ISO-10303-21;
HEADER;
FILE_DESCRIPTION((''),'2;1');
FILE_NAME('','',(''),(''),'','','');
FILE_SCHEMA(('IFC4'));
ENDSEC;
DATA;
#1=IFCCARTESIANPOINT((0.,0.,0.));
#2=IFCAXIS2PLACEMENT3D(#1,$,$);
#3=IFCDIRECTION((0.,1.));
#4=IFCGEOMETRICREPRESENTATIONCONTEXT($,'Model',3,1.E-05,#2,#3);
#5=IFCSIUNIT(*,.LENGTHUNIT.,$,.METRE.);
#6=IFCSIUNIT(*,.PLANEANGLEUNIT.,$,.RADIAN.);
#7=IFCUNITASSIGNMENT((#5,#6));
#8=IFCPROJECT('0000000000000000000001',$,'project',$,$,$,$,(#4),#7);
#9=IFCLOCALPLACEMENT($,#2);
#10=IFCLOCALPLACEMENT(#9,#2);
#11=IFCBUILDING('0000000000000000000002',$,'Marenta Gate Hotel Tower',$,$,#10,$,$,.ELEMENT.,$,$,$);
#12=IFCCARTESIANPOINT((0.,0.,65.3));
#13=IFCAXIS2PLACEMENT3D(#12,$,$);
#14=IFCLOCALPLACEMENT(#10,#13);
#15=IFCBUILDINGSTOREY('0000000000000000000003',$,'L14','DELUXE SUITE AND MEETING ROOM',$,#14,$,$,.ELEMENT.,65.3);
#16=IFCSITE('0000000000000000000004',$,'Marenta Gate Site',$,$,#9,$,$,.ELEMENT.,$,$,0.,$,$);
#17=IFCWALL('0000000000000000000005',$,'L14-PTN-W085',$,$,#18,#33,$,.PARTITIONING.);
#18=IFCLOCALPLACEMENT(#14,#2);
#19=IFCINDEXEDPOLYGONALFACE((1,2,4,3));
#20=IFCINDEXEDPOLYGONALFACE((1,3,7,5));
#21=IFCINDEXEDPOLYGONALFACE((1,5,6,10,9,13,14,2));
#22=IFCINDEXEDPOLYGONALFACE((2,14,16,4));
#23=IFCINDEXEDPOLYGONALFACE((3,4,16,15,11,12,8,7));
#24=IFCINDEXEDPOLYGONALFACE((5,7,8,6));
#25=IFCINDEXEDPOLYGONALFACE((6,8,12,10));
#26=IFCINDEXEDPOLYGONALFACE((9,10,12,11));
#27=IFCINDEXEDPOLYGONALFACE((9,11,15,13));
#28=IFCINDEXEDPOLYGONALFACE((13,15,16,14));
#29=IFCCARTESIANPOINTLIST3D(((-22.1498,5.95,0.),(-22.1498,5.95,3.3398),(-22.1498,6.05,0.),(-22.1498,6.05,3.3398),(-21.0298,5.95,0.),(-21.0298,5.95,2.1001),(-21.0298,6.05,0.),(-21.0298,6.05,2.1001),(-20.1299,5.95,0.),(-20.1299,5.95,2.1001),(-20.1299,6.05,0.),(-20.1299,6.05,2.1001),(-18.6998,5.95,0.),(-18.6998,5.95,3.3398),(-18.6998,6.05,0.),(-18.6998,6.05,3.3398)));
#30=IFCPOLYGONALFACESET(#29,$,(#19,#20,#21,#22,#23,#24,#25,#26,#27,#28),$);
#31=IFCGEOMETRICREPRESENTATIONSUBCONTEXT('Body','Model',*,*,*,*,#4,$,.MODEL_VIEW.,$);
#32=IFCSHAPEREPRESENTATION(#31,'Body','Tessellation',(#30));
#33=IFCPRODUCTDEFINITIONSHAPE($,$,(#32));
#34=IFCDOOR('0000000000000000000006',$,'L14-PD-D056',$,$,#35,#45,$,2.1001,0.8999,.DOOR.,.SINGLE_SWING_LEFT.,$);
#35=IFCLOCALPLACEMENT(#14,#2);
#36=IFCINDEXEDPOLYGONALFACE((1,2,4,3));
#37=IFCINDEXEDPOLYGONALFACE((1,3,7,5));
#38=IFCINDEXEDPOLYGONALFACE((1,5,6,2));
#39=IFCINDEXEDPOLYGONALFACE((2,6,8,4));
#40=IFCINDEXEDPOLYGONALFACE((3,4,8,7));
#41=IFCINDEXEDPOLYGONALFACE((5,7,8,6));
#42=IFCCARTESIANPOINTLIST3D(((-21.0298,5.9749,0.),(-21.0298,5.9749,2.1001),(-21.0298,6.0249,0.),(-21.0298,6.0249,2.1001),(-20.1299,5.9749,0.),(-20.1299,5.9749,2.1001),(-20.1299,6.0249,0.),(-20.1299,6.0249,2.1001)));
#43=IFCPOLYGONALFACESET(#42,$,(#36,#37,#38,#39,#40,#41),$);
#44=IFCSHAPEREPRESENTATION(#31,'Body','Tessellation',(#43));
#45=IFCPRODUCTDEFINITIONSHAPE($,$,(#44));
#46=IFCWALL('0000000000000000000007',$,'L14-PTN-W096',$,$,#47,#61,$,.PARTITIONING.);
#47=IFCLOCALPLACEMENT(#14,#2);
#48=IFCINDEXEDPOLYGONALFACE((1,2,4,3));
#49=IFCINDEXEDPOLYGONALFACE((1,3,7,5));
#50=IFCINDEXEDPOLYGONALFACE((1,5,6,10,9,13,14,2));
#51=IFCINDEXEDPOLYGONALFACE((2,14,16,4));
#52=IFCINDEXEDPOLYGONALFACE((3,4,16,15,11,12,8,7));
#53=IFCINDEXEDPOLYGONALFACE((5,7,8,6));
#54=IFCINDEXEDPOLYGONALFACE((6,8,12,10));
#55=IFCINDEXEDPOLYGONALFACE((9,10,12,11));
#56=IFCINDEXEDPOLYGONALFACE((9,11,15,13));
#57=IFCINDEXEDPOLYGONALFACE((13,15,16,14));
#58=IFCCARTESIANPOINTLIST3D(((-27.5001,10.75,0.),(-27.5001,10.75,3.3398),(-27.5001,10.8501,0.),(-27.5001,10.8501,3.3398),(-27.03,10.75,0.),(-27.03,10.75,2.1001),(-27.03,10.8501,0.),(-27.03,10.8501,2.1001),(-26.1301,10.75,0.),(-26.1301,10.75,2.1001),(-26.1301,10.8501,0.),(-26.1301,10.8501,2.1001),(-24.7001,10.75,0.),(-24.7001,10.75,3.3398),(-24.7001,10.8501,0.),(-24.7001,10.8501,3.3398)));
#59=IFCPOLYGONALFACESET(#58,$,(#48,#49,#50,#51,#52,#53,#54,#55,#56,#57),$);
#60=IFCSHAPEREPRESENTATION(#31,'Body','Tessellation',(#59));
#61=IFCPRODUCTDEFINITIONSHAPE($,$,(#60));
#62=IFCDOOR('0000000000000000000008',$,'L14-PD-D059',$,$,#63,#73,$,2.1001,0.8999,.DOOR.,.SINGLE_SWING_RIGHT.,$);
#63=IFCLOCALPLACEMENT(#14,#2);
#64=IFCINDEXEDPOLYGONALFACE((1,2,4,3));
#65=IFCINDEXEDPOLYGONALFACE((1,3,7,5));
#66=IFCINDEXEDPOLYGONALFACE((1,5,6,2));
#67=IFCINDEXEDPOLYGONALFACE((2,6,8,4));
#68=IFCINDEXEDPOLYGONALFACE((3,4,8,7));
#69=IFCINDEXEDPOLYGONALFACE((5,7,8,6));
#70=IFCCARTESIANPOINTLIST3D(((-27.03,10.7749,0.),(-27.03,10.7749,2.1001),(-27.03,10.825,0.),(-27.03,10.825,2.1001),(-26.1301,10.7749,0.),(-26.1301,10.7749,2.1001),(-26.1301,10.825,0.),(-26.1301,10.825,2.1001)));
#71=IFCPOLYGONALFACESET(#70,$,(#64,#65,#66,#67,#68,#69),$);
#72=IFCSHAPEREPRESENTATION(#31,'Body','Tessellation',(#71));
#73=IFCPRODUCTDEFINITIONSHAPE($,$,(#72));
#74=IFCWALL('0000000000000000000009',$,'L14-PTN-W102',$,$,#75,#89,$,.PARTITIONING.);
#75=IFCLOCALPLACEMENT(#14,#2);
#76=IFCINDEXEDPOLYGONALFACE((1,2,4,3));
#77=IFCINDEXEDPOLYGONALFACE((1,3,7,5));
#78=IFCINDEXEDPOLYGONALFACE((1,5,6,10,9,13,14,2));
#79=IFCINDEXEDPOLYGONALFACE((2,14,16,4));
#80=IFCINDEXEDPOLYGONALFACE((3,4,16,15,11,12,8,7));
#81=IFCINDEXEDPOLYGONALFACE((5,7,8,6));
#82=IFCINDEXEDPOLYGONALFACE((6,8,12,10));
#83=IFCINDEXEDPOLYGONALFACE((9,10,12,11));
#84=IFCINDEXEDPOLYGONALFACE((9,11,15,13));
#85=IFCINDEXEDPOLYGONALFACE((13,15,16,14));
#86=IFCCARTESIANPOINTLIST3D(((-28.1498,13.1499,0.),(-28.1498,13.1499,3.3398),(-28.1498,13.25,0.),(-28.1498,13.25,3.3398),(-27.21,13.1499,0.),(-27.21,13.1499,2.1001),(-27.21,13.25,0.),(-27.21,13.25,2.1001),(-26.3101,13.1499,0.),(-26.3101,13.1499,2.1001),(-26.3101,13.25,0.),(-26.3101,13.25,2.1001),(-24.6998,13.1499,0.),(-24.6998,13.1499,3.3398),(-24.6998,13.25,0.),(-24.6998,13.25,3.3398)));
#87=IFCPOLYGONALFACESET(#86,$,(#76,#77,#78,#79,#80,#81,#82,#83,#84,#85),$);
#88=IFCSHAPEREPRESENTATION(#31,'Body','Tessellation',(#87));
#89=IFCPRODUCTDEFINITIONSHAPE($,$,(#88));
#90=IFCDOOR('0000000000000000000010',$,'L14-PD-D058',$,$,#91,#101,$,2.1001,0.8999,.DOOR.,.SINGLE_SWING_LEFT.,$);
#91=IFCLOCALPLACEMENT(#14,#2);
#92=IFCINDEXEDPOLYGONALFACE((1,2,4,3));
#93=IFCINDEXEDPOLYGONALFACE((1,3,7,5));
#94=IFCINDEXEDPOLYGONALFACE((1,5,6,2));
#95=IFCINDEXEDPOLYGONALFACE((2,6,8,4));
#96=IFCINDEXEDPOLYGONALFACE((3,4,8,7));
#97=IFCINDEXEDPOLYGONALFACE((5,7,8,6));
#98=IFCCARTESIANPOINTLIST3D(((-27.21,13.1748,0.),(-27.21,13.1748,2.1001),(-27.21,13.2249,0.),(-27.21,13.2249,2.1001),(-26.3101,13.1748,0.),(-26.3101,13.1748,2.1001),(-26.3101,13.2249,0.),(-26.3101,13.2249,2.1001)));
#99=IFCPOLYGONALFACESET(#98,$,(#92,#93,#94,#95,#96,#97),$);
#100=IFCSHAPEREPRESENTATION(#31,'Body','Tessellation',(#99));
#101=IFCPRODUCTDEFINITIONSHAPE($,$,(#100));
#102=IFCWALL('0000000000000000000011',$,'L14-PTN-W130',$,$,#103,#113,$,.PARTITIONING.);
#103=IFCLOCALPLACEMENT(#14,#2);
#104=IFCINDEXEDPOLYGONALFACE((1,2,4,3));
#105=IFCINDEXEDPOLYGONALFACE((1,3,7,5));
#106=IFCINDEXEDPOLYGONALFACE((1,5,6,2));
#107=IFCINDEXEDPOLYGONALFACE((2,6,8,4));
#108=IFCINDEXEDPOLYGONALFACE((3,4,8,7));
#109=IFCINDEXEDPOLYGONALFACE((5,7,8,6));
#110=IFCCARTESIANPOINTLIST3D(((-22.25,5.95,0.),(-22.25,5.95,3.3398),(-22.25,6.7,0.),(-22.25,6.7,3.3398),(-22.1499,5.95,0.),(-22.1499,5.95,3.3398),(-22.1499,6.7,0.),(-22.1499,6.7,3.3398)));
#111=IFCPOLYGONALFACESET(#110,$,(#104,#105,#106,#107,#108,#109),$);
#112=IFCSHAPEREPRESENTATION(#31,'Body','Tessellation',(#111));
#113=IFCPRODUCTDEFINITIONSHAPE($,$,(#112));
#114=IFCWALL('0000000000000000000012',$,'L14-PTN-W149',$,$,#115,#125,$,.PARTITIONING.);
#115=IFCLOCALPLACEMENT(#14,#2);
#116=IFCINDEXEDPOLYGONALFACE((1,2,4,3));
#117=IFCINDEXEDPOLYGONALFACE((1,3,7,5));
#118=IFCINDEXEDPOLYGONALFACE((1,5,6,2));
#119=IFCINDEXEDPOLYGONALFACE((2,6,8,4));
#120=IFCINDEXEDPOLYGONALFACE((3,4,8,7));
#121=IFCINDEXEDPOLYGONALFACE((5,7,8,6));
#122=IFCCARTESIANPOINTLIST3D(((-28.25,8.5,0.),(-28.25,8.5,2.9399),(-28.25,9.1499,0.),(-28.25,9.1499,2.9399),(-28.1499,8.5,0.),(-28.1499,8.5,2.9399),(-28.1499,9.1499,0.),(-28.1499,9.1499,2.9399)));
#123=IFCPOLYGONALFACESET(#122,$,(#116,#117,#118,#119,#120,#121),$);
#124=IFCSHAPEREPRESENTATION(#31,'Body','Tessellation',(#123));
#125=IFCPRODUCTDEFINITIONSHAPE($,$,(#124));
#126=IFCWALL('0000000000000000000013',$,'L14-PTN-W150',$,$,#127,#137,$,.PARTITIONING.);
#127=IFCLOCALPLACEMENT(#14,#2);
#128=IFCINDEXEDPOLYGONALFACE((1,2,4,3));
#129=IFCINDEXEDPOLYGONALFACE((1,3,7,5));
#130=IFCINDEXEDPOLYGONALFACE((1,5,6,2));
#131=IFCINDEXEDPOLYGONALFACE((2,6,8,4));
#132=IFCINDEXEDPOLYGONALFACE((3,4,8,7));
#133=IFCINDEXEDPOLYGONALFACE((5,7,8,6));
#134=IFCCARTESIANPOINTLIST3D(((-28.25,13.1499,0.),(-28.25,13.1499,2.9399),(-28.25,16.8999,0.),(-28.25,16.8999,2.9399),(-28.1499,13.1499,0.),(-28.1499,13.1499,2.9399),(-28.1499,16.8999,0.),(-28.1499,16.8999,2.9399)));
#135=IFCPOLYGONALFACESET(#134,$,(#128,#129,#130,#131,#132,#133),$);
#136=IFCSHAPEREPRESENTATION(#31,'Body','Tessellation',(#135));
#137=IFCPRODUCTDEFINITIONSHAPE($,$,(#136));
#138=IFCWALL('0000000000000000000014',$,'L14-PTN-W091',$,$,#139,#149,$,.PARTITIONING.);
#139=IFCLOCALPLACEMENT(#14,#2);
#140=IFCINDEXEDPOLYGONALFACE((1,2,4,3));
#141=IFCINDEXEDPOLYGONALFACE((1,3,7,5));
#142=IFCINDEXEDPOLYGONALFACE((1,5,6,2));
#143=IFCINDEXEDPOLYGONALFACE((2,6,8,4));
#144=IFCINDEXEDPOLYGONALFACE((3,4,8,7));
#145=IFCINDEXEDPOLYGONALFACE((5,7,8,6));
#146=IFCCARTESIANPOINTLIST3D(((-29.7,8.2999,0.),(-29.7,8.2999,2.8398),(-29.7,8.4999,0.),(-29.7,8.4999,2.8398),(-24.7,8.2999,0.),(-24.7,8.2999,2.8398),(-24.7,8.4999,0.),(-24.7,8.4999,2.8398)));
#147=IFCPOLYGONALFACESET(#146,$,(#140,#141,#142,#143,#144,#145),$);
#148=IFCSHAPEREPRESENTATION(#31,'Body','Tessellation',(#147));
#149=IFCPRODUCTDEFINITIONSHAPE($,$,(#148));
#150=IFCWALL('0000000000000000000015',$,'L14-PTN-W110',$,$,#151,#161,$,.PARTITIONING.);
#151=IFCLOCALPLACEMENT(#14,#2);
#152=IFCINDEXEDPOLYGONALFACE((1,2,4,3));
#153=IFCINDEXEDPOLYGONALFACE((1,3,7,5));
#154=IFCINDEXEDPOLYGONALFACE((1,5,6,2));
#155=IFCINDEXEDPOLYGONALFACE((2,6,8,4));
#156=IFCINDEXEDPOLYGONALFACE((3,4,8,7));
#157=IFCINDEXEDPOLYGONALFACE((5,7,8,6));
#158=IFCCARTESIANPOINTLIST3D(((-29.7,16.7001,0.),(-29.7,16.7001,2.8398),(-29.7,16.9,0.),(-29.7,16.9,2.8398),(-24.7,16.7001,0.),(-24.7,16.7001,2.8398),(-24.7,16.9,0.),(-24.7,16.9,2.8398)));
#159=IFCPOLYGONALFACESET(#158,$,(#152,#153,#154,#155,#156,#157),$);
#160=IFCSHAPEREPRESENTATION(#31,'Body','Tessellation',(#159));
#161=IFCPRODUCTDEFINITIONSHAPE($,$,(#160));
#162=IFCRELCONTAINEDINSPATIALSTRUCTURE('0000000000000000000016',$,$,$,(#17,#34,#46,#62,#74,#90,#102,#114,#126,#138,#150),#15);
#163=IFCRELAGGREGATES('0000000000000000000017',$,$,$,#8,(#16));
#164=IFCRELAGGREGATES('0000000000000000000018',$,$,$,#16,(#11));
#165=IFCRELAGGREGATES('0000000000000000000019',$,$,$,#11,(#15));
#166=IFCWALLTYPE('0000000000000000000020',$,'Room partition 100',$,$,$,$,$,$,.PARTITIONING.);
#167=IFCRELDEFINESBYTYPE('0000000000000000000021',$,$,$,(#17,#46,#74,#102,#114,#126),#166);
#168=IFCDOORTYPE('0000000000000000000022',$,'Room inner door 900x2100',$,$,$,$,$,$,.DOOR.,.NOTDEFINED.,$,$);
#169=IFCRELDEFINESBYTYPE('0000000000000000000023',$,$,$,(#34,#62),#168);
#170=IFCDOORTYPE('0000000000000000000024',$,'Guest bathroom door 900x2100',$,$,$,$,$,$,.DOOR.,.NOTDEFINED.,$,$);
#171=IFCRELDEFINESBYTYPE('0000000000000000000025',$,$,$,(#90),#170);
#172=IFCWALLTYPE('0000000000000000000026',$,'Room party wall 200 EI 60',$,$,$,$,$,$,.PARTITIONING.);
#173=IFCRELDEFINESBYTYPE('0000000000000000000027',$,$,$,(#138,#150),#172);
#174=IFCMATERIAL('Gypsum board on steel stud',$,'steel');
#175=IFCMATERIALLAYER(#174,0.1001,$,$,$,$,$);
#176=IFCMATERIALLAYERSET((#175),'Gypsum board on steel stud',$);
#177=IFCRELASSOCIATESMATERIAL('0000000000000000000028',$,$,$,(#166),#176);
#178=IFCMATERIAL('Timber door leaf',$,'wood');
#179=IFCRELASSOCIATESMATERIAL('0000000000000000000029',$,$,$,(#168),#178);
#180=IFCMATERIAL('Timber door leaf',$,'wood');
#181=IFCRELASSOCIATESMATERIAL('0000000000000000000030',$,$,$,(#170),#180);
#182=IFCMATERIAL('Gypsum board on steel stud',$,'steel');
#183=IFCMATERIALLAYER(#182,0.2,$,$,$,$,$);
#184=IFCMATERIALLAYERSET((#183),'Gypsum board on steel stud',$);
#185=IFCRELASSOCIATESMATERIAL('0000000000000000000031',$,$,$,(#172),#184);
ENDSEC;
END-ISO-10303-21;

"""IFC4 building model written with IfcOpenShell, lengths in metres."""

from ifc_helpers import new_model, si_unit, direction, frame, frame_2d, origin, place, context, subcontext, project, spatial, rectangle, extrude, material, layer, layer_set, type_object, element, fill, save


model = new_model("IFC4")

# Units and contexts
model_context = context("Model", 3, precision=1e-05, world=origin(), true_north=direction((0.0, 1.0)))
body_context = subcontext(model_context, "Body", "Model", "MODEL_VIEW")
ifc_project = project(units=[si_unit("LENGTHUNIT", "METRE"), si_unit("PLANEANGLEUNIT", "RADIAN")], contexts=[model_context])

# Site, building, storey
site_placement = place(None, origin())
site = spatial("IfcSite", under=ifc_project, at=site_placement, Name="Marenta Gate Site", CompositionType="ELEMENT", RefElevation=0.0)
building_placement = place(site_placement, origin())
building = spatial("IfcBuilding", under=site, at=building_placement, Name="Marenta Gate Hotel Tower", CompositionType="ELEMENT")
storey_placement = place(building_placement, frame((0.0, 0.0, 65.3)))
storey = spatial("IfcBuildingStorey", under=building, at=storey_placement, Name="L14", Description="DELUXE SUITE AND MEETING ROOM", CompositionType="ELEMENT", Elevation=65.3)

# Walls, openings, doors
ifc_material_1 = material(Name="Gypsum board on steel stud", Category="steel")
ifc_layer_1 = layer(ifc_material_1, 0.1001)
ifc_layer_set_1 = layer_set([ifc_layer_1], Name="Gypsum board on steel stud")
wall_type_1 = type_object("IfcWallType", Name="Room partition 100", PredefinedType="PARTITIONING", material=ifc_layer_set_1)
wall_1_placement = place(storey_placement, frame((-22.1499, 6.0, 0.0), z_axis=(0.0, 0.0, 1.0), x_axis=(1.0, 0.0, 0.0)))
wall_1 = element("IfcWall", 1, at=wall_1_placement, inside=storey, type_object=wall_type_1, Name="L14-PTN-W085", PredefinedType="PARTITIONING", context=body_context, shape_type="SweptSolid", body=[
    extrude(rectangle(XDim=3.45, YDim=0.1001, at=frame_2d((1.7251, 0.0))), origin(), (0.0, 0.0, 1.0), 3.3398),
])
opening_1_placement = place(wall_1_placement, frame((1.1201, 0.0, 0.0)))
opening_1 = element("IfcOpeningElement", 2, at=opening_1_placement, cuts=wall_1, PredefinedType="OPENING", context=body_context, shape_type="SweptSolid", body=[
    extrude(rectangle(XDim=0.8999, YDim=2.1001, at=frame_2d((0.45, 1.05))), frame((0.0, 0.05, 0.0), z_axis=(0.0, -1.0, 0.0), x_axis=(1.0, 0.0, 0.0)), (0.0, 0.0, 1.0), 0.1001),
])
ifc_material_2 = material(Name="Timber door leaf", Category="wood")
door_type_1 = type_object("IfcDoorType", Name="Room inner door 900x2100", OperationType="NOTDEFINED", PredefinedType="DOOR", material=ifc_material_2)
door_1_placement = place(opening_1_placement, origin())
door_1 = element("IfcDoor", 3, at=door_1_placement, inside=storey, type_object=door_type_1, Name="L14-PD-D056", OperationType="SINGLE_SWING_LEFT", OverallHeight=2.1001, OverallWidth=0.8999, PredefinedType="DOOR", context=body_context, shape_type="SweptSolid", body=[
    extrude(rectangle(XDim=0.8999, YDim=2.1001, at=frame_2d((0.45, 1.05))), frame((0.0, 0.0249, 0.0), z_axis=(0.0, -1.0, 0.0), x_axis=(1.0, 0.0, 0.0)), (0.0, 0.0, 1.0), 0.05),
])
fill(opening_1, door_1)
wall_2_placement = place(storey_placement, frame((-27.5, 10.8, 0.0), z_axis=(0.0, 0.0, 1.0), x_axis=(1.0, 0.0, 0.0)))
wall_2 = element("IfcWall", 4, at=wall_2_placement, inside=storey, type_object=wall_type_1, Name="L14-PTN-W096", PredefinedType="PARTITIONING", context=body_context, shape_type="SweptSolid", body=[
    extrude(rectangle(XDim=2.8, YDim=0.1001, at=frame_2d((1.3999, 0.0))), origin(), (0.0, 0.0, 1.0), 3.3398),
])
opening_2_placement = place(wall_2_placement, frame((0.47, 0.0, 0.0)))
opening_2 = element("IfcOpeningElement", 5, at=opening_2_placement, cuts=wall_2, PredefinedType="OPENING", context=body_context, shape_type="SweptSolid", body=[
    extrude(rectangle(XDim=0.8999, YDim=2.1001, at=frame_2d((0.45, 1.05))), frame((0.0, 0.05, 0.0), z_axis=(0.0, -1.0, 0.0), x_axis=(1.0, 0.0, 0.0)), (0.0, 0.0, 1.0), 0.1001),
])
door_2_placement = place(opening_2_placement, origin())
door_2 = element("IfcDoor", 6, at=door_2_placement, inside=storey, type_object=door_type_1, Name="L14-PD-D059", OperationType="SINGLE_SWING_RIGHT", OverallHeight=2.1001, OverallWidth=0.8999, PredefinedType="DOOR", context=body_context, shape_type="SweptSolid", body=[
    extrude(rectangle(XDim=0.8999, YDim=2.1001, at=frame_2d((0.45, 1.05))), frame((0.0, 0.0249, 0.0), z_axis=(0.0, -1.0, 0.0), x_axis=(1.0, 0.0, 0.0)), (0.0, 0.0, 1.0), 0.05),
])
fill(opening_2, door_2)
wall_3_placement = place(storey_placement, frame((-28.1499, 13.2, 0.0), z_axis=(0.0, 0.0, 1.0), x_axis=(1.0, 0.0, 0.0)))
wall_3 = element("IfcWall", 7, at=wall_3_placement, inside=storey, type_object=wall_type_1, Name="L14-PTN-W102", PredefinedType="PARTITIONING", context=body_context, shape_type="SweptSolid", body=[
    extrude(rectangle(XDim=3.45, YDim=0.1001, at=frame_2d((1.7251, 0.0))), origin(), (0.0, 0.0, 1.0), 3.3398),
])
opening_3_placement = place(wall_3_placement, frame((0.9399, 0.0, 0.0)))
opening_3 = element("IfcOpeningElement", 8, at=opening_3_placement, cuts=wall_3, PredefinedType="OPENING", context=body_context, shape_type="SweptSolid", body=[
    extrude(rectangle(XDim=0.8999, YDim=2.1001, at=frame_2d((0.45, 1.05))), frame((0.0, 0.05, 0.0), z_axis=(0.0, -1.0, 0.0), x_axis=(1.0, 0.0, 0.0)), (0.0, 0.0, 1.0), 0.1001),
])
ifc_material_3 = material(Name="Timber door leaf", Category="wood")
door_type_2 = type_object("IfcDoorType", Name="Guest bathroom door 900x2100", OperationType="NOTDEFINED", PredefinedType="DOOR", material=ifc_material_3)
door_3_placement = place(opening_3_placement, origin())
door_3 = element("IfcDoor", 9, at=door_3_placement, inside=storey, type_object=door_type_2, Name="L14-PD-D058", OperationType="SINGLE_SWING_LEFT", OverallHeight=2.1001, OverallWidth=0.8999, PredefinedType="DOOR", context=body_context, shape_type="SweptSolid", body=[
    extrude(rectangle(XDim=0.8999, YDim=2.1001, at=frame_2d((0.45, 1.05))), frame((0.0, 0.0249, 0.0), z_axis=(0.0, -1.0, 0.0), x_axis=(1.0, 0.0, 0.0)), (0.0, 0.0, 1.0), 0.05),
])
fill(opening_3, door_3)

# Walls
wall_4_placement = place(storey_placement, frame((-22.2, 5.95, 0.0), z_axis=(0.0, 0.0, 1.0), x_axis=(0.0, 1.0, 0.0)))
element("IfcWall", 10, at=wall_4_placement, inside=storey, type_object=wall_type_1, Name="L14-PTN-W130", PredefinedType="PARTITIONING", context=body_context, shape_type="SweptSolid", body=[
    extrude(rectangle(XDim=0.75, YDim=0.1001, at=frame_2d((0.375, 0.0))), origin(), (0.0, 0.0, 1.0), 3.3398),
])
wall_5_placement = place(storey_placement, frame((-28.2, 8.5, 0.0), z_axis=(0.0, 0.0, 1.0), x_axis=(0.0, 1.0, 0.0)))
element("IfcWall", 11, at=wall_5_placement, inside=storey, type_object=wall_type_1, Name="L14-PTN-W149", PredefinedType="PARTITIONING", context=body_context, shape_type="SweptSolid", body=[
    extrude(rectangle(XDim=0.6499, YDim=0.1001, at=frame_2d((0.325, 0.0))), origin(), (0.0, 0.0, 1.0), 2.9399),
])
wall_6_placement = place(storey_placement, frame((-28.2, 13.1499, 0.0), z_axis=(0.0, 0.0, 1.0), x_axis=(0.0, 1.0, 0.0)))
element("IfcWall", 12, at=wall_6_placement, inside=storey, type_object=wall_type_1, Name="L14-PTN-W150", PredefinedType="PARTITIONING", context=body_context, shape_type="SweptSolid", body=[
    extrude(rectangle(XDim=3.75, YDim=0.1001, at=frame_2d((1.875, 0.0))), origin(), (0.0, 0.0, 1.0), 2.9399),
])
ifc_material_4 = material(Name="Gypsum board on steel stud", Category="steel")
ifc_layer_2 = layer(ifc_material_4, 0.2)
ifc_layer_set_2 = layer_set([ifc_layer_2], Name="Gypsum board on steel stud")
wall_type_2 = type_object("IfcWallType", Name="Room party wall 200 EI 60", PredefinedType="PARTITIONING", material=ifc_layer_set_2)
for number, where, z_axis, x_axis, name in (
    (13, (-29.7, 8.3999, 0.0), (0.0, 0.0, 1.0), (1.0, 0.0, 0.0), "L14-PTN-W091"),
    (14, (-29.7, 16.8, 0.0), (0.0, 0.0, 1.0), (1.0, 0.0, 0.0), "L14-PTN-W110"),
):
    element("IfcWall", number, at=place(storey_placement, frame(where, z_axis=z_axis, x_axis=x_axis)), inside=storey, type_object=wall_type_2, Name=name, PredefinedType="PARTITIONING", context=body_context, shape_type="SweptSolid", body=[
        extrude(rectangle(XDim=5.0, YDim=0.2, at=frame_2d((2.5, 0.0))), origin(), (0.0, 0.0, 1.0), 2.8398),
    ])

save(model, "model.ifc")
